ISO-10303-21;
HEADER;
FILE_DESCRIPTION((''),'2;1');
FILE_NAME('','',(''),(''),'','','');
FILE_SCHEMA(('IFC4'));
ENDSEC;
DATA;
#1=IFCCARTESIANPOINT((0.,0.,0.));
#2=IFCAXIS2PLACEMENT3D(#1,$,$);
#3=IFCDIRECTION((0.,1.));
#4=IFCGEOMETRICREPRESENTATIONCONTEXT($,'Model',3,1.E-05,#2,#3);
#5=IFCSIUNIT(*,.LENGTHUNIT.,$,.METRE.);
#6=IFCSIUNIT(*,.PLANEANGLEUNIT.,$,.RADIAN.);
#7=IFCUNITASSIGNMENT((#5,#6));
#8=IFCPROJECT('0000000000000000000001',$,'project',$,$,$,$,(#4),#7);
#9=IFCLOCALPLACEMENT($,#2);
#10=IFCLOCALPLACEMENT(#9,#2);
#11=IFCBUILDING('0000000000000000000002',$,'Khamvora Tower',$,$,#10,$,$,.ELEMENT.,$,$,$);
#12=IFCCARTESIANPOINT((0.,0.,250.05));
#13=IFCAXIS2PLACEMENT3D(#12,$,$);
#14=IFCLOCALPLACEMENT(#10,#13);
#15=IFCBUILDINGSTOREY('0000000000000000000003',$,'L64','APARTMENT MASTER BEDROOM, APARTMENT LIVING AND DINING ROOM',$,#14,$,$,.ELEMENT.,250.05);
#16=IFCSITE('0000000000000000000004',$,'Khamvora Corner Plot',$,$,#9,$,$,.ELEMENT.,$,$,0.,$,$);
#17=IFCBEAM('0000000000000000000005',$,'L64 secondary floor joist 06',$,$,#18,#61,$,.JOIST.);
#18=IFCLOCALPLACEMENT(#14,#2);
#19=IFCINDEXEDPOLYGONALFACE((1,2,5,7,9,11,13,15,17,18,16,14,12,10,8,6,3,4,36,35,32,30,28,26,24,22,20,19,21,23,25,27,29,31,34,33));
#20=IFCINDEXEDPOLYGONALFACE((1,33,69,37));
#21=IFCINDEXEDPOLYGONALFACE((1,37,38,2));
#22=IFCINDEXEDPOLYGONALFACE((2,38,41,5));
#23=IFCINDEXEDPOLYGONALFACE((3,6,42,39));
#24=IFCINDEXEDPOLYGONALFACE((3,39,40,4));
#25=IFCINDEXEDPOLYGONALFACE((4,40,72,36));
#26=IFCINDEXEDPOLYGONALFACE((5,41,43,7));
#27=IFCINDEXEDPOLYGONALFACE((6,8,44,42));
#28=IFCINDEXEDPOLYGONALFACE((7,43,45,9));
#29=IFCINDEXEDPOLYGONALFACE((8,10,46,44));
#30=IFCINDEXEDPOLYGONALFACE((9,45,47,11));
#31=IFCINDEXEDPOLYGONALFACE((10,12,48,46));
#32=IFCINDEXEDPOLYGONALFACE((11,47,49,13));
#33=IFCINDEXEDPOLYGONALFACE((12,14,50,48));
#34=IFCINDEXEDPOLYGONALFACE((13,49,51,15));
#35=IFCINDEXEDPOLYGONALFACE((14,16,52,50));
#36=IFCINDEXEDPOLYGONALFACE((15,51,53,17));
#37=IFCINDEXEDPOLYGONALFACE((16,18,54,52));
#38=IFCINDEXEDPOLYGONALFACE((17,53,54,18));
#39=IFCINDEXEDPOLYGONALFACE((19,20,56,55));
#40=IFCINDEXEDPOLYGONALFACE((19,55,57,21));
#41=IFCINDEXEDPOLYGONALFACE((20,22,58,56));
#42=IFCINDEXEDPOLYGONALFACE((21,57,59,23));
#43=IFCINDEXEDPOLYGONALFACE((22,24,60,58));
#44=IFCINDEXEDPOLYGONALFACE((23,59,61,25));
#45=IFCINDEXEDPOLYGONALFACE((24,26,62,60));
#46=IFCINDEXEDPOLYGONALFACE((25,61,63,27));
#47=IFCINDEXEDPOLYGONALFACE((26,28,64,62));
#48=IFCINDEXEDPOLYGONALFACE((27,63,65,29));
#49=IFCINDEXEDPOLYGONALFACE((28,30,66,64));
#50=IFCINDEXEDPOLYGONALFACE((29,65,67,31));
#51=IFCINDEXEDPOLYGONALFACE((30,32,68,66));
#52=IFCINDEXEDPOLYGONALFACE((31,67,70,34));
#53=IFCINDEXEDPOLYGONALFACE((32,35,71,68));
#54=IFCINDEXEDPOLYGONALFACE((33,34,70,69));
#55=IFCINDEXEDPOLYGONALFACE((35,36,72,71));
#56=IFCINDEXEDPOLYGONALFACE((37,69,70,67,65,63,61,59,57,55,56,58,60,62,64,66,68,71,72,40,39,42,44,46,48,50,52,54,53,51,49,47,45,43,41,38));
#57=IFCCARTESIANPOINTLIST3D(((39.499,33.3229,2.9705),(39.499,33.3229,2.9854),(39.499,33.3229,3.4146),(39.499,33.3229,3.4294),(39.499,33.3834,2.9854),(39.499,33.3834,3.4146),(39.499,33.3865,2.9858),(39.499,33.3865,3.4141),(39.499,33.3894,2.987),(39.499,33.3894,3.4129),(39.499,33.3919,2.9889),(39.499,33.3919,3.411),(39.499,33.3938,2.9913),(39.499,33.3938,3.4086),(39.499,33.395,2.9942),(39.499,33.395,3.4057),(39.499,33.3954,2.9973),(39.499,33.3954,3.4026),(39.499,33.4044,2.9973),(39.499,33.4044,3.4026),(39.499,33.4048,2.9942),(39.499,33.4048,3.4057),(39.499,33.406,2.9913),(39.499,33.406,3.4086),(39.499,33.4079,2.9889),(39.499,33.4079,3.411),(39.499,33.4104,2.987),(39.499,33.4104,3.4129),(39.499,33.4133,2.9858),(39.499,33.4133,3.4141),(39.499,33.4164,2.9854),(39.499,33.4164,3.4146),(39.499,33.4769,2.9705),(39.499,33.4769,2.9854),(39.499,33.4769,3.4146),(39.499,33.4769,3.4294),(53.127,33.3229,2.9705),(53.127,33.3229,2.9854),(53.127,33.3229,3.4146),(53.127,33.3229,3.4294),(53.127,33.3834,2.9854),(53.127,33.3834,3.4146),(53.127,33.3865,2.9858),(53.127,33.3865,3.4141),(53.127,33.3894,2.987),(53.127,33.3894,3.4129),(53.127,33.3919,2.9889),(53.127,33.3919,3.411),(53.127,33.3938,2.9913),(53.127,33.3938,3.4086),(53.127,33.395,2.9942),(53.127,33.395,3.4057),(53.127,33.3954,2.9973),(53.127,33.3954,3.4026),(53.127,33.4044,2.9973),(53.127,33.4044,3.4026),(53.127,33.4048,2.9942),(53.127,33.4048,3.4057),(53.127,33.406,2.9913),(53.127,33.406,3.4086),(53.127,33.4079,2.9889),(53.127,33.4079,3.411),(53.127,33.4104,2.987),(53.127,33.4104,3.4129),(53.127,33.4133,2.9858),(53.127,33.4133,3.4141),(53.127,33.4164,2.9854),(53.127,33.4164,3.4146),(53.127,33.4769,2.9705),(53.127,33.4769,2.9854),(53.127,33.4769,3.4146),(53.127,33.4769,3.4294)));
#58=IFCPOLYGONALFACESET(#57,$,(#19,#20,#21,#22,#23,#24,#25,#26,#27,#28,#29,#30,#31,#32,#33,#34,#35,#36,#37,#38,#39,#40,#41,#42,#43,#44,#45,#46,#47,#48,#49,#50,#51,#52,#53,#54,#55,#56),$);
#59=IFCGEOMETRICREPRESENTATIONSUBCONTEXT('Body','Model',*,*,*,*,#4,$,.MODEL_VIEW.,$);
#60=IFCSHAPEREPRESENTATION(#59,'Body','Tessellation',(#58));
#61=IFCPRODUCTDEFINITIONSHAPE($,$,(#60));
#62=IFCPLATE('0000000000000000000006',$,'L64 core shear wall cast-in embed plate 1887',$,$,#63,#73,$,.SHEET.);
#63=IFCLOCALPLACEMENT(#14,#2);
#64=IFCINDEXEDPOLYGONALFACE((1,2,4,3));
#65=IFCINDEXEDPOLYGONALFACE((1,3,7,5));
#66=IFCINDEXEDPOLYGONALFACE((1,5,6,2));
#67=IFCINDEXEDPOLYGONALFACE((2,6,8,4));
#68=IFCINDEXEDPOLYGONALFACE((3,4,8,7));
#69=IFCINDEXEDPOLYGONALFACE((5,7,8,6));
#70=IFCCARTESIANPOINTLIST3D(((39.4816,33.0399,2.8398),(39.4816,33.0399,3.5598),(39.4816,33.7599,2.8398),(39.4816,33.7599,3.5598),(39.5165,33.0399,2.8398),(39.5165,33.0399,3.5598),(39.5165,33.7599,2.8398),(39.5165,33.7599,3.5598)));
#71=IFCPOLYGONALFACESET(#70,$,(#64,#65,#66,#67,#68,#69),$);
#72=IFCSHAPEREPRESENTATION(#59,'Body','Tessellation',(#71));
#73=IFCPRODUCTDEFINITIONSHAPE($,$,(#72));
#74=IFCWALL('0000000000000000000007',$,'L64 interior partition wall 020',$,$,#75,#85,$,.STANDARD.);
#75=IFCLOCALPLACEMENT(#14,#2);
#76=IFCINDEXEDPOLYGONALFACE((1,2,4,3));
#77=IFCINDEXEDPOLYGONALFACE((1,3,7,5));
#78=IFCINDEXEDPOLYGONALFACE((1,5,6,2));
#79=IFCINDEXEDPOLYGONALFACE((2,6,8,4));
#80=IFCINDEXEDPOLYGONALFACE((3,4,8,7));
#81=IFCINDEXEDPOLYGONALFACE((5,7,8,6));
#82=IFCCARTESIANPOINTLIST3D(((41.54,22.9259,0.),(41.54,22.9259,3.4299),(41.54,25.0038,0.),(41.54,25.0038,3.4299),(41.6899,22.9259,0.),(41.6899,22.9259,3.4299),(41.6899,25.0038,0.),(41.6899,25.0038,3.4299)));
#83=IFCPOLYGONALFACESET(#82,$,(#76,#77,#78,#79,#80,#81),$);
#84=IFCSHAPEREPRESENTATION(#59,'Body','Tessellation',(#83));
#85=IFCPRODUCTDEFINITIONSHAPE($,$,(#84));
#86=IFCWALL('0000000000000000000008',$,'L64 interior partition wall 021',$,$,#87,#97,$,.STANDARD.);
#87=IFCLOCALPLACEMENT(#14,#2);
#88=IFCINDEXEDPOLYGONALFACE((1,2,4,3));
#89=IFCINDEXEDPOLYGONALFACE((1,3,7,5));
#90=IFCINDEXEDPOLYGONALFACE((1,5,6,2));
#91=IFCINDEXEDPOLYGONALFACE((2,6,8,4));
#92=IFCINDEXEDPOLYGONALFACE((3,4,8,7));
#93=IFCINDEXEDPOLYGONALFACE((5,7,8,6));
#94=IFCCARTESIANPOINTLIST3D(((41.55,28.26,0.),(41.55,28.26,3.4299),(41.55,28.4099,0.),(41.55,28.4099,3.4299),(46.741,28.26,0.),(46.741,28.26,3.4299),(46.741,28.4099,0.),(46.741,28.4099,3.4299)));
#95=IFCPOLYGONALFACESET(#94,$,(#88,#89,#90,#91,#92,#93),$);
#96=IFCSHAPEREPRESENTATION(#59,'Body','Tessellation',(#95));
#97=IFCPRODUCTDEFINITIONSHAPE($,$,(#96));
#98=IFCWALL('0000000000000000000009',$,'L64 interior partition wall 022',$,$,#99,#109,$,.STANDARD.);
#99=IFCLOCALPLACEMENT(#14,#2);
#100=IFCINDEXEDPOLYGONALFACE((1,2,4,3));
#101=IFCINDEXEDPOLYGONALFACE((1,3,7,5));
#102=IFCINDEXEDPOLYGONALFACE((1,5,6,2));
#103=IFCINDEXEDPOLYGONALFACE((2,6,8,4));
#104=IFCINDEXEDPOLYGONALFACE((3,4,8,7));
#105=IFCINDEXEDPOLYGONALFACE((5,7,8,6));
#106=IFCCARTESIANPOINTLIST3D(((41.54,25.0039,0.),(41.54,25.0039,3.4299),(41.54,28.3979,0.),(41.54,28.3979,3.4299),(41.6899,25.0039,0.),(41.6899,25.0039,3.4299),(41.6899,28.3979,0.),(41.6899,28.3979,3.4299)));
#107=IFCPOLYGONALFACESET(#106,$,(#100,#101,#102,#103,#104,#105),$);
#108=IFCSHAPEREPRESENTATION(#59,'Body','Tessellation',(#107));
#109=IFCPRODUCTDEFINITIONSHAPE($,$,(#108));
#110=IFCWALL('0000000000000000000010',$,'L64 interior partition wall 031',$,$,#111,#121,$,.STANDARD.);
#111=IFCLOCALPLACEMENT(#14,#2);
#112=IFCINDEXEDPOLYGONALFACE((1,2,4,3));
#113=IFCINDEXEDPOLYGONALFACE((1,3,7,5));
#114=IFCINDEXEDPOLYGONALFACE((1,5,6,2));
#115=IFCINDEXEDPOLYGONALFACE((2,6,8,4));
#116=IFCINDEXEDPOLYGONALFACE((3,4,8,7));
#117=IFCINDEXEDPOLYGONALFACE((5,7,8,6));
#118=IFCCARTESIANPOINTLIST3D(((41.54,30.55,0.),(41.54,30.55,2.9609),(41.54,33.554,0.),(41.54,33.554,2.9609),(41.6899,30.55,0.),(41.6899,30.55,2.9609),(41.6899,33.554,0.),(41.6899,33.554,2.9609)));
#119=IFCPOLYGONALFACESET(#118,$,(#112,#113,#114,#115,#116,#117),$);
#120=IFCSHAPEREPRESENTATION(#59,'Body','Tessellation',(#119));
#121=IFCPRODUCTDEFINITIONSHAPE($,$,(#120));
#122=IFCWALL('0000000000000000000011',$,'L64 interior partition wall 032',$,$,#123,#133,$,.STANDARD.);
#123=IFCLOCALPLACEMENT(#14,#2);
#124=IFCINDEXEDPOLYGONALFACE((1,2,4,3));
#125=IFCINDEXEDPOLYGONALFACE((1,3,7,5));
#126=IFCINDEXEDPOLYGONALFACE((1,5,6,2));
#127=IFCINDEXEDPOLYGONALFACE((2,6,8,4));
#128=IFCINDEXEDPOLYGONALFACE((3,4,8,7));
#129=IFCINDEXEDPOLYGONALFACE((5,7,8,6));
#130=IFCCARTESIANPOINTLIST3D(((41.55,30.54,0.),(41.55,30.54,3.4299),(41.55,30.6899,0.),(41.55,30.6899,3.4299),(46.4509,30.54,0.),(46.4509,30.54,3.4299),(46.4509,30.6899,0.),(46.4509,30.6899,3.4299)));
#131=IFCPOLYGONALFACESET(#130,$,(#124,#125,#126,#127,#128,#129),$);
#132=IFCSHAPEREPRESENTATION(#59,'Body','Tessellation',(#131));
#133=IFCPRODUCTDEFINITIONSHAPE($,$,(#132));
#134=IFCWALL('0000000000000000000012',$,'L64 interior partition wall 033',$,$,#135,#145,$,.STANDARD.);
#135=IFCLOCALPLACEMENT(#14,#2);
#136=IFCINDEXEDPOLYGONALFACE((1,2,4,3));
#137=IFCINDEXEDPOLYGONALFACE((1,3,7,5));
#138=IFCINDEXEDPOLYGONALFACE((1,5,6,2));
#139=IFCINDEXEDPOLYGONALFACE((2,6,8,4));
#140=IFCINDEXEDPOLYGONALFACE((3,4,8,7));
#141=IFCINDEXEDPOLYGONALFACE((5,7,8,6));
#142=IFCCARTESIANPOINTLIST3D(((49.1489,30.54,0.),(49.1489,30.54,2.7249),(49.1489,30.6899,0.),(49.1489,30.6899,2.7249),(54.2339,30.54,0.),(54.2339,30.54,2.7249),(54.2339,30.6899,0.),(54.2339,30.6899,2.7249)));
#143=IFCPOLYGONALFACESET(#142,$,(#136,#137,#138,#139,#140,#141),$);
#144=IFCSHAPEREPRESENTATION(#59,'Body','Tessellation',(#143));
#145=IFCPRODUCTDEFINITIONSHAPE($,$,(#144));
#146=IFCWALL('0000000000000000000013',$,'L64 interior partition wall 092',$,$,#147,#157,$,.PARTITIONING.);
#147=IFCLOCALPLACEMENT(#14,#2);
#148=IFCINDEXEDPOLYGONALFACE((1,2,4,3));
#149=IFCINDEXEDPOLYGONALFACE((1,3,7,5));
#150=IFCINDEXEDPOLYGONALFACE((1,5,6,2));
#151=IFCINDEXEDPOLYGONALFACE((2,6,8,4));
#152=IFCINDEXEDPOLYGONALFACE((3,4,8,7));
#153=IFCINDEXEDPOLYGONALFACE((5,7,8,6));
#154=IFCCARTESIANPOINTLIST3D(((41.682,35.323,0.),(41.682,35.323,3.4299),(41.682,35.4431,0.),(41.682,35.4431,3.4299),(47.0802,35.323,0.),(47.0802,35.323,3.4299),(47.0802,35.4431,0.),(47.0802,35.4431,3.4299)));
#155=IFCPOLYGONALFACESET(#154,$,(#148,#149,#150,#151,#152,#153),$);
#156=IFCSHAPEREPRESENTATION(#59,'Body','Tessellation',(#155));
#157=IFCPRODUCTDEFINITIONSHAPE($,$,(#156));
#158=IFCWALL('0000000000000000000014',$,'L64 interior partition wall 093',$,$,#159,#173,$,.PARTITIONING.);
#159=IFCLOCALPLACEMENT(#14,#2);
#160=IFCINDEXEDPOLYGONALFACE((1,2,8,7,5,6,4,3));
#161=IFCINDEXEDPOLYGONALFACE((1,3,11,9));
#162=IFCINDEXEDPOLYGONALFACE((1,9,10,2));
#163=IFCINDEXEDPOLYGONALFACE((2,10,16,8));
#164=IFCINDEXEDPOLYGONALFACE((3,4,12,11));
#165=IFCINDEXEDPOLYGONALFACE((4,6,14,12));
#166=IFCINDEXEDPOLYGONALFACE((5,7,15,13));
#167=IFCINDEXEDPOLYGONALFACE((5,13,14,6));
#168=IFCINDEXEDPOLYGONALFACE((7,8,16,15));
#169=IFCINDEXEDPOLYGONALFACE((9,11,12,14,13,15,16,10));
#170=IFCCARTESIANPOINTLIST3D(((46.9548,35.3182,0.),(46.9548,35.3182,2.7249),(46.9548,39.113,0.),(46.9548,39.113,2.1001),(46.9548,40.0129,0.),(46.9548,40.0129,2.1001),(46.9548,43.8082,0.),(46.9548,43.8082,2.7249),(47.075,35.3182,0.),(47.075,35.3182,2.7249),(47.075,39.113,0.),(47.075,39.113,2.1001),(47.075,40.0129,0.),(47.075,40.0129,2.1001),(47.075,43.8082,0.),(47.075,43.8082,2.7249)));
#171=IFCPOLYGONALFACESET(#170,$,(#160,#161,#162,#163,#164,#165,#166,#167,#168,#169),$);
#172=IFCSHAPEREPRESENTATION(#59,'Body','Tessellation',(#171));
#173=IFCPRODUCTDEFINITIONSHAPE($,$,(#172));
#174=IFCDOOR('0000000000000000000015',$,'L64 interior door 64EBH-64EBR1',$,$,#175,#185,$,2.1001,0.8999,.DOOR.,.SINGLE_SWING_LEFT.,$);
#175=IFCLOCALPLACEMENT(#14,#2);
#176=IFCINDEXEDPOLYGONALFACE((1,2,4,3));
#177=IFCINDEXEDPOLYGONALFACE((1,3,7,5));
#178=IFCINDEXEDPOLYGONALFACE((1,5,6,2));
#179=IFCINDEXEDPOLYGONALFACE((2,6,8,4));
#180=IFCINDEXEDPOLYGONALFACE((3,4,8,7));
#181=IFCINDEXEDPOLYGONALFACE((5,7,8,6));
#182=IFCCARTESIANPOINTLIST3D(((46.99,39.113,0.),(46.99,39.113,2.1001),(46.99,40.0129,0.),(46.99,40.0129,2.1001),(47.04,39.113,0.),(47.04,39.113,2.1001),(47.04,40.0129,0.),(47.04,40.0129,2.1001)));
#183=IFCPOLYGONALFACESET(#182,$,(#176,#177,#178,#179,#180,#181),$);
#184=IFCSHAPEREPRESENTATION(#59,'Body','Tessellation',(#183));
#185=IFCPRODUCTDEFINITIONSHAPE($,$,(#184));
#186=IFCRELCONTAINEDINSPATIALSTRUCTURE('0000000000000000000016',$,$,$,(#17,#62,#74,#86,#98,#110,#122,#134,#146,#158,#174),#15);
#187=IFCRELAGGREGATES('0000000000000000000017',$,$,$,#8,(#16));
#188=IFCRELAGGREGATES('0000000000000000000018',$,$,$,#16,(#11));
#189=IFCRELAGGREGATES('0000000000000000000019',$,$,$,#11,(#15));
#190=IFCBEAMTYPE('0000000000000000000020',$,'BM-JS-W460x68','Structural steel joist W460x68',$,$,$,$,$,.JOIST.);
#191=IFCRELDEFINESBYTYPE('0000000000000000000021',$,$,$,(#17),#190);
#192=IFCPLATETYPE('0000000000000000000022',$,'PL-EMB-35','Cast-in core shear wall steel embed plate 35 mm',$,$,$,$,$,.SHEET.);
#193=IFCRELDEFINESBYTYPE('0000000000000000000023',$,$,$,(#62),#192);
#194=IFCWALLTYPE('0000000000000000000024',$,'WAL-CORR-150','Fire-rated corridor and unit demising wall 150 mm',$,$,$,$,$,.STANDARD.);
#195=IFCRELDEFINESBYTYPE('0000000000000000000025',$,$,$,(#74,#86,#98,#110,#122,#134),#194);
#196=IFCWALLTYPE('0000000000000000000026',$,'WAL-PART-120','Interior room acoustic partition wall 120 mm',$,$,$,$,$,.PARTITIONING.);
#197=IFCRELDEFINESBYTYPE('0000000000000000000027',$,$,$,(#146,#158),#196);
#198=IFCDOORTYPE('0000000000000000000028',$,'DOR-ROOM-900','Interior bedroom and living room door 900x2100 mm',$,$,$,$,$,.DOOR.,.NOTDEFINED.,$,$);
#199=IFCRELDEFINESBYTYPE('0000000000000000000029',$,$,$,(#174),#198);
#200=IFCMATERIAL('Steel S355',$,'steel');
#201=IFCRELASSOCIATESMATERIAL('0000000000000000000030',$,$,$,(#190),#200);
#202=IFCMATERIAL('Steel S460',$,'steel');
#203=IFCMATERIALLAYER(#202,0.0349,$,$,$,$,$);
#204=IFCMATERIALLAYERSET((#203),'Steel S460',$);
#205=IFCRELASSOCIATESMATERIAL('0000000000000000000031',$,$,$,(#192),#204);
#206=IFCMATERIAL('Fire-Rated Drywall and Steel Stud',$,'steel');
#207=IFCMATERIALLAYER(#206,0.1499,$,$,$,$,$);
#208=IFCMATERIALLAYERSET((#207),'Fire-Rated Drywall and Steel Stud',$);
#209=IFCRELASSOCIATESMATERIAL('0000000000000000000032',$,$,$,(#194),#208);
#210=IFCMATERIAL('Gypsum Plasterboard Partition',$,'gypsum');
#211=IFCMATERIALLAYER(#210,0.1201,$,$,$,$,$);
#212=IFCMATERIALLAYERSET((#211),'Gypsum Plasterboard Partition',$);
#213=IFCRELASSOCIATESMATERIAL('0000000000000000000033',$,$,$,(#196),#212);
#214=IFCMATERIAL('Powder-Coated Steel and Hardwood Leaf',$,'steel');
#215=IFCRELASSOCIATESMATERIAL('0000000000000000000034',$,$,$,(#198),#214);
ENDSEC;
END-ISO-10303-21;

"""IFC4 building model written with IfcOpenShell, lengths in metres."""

from ifc_helpers import new_model, si_unit, direction, frame, frame_2d, origin, origin_2d, place, context, subcontext, project, spatial, rectangle, i_section, extrude, material, layer, layer_set, material_profile, profile_set, type_object, element, fill, save


model = new_model("IFC4")

# Units and contexts
model_context = context("Model", 3, precision=1e-05, world=origin(), true_north=direction((0.0, 1.0)))
body_context = subcontext(model_context, "Body", "Model", "MODEL_VIEW")
ifc_project = project(units=[si_unit("LENGTHUNIT", "METRE"), si_unit("PLANEANGLEUNIT", "RADIAN")], contexts=[model_context])

# Site, building, storey
site_placement = place(None, origin())
site = spatial("IfcSite", under=ifc_project, at=site_placement, Name="Khamvora Corner Plot", CompositionType="ELEMENT", RefElevation=0.0)
building_placement = place(site_placement, origin())
building = spatial("IfcBuilding", under=site, at=building_placement, Name="Khamvora Tower", CompositionType="ELEMENT")
storey_placement = place(building_placement, frame((0.0, 0.0, 250.05)))
storey = spatial("IfcBuildingStorey", under=building, at=storey_placement, Name="L64", Description="APARTMENT MASTER BEDROOM, APARTMENT LIVING AND DINING ROOM", CompositionType="ELEMENT", Elevation=250.05)

# Beam
ifc_material_1 = material(Name="Steel S355", Category="steel")
ifc_material_profile = material_profile(ifc_material_1, i_section(OverallWidth=0.1541, OverallDepth=0.459, WebThickness=0.009, FlangeThickness=0.0149, FilletRadius=0.012, at=origin_2d()), Name="W460x68")
ifc_profile_set = profile_set([ifc_material_profile], Name="Steel S355")
beam_type = type_object("IfcBeamType", Name="BM-JS-W460x68", Description="Structural steel joist W460x68", PredefinedType="JOIST", material=ifc_profile_set)
beam_placement = place(storey_placement, frame((39.499, 33.3999, 3.2), z_axis=(1.0, 0.0, 0.0), x_axis=(0.0, 1.0, 0.0)))
element("IfcBeam", 1, at=beam_placement, inside=storey, type_object=beam_type, Name="L64 secondary floor joist 06", PredefinedType="JOIST", context=body_context, shape_type="SweptSolid", body=[
    extrude(i_section(OverallWidth=0.1541, OverallDepth=0.459, WebThickness=0.009, FlangeThickness=0.0149, FilletRadius=0.012, at=origin_2d()), origin(), (0.0, 0.0, 1.0), 13.6279),
])

# Plate
ifc_material_2 = material(Name="Steel S460", Category="steel")
ifc_layer_1 = layer(ifc_material_2, 0.0349)
ifc_layer_set_1 = layer_set([ifc_layer_1], Name="Steel S460")
plate_type = type_object("IfcPlateType", Name="PL-EMB-35", Description="Cast-in core shear wall steel embed plate 35 mm", PredefinedType="SHEET", material=ifc_layer_set_1)
plate_placement = place(storey_placement, frame((39.499, 33.3999, 2.8398), z_axis=(0.0, 0.0, 1.0), x_axis=(1.0, 0.0, 0.0)))
element("IfcPlate", 2, at=plate_placement, inside=storey, type_object=plate_type, Name="L64 core shear wall cast-in embed plate 1887", PredefinedType="SHEET", context=body_context, shape_type="SweptSolid", body=[
    extrude(rectangle(XDim=0.0349, YDim=0.72, at=origin_2d()), origin(), (0.0, 0.0, 1.0), 0.72),
])

# Shared definitions
ifc_material_3 = material(Name="Fire-Rated Drywall and Steel Stud", Category="steel")
ifc_layer_2 = layer(ifc_material_3, 0.1499)
ifc_layer_set_2 = layer_set([ifc_layer_2], Name="Fire-Rated Drywall and Steel Stud")
wall_type_1 = type_object("IfcWallType", Name="WAL-CORR-150", Description="Fire-rated corridor and unit demising wall 150 mm", PredefinedType="STANDARD", material=ifc_layer_set_2)
ifc_material_4 = material(Name="Powder-Coated Steel and Hardwood Leaf", Category="steel")

# Walls
wall_1_placement = place(storey_placement, frame((41.615, 25.0039, 0.0), z_axis=(0.0, 0.0, 1.0), x_axis=(0.0, -1.0, 0.0)))
element("IfcWall", 3, at=wall_1_placement, inside=storey, type_object=wall_type_1, Name="L64 interior partition wall 020", PredefinedType="STANDARD", context=body_context, shape_type="SweptSolid", body=[
    extrude(rectangle(XDim=2.0779, YDim=0.1499, at=frame_2d((1.0391, 0.0))), origin(), (0.0, 0.0, 1.0), 3.4299),
])
wall_2_placement = place(storey_placement, frame((46.741, 28.335, 0.0), z_axis=(0.0, 0.0, 1.0), x_axis=(-1.0, 0.0, 0.0)))
element("IfcWall", 4, at=wall_2_placement, inside=storey, type_object=wall_type_1, Name="L64 interior partition wall 021", PredefinedType="STANDARD", context=body_context, shape_type="SweptSolid", body=[
    extrude(rectangle(XDim=5.1909, YDim=0.1499, at=frame_2d((2.5955, 0.0))), origin(), (0.0, 0.0, 1.0), 3.4299),
])
wall_3_placement = place(storey_placement, frame((41.615, 28.3979, 0.0), z_axis=(0.0, 0.0, 1.0), x_axis=(0.0, -1.0, 0.0)))
element("IfcWall", 5, at=wall_3_placement, inside=storey, type_object=wall_type_1, Name="L64 interior partition wall 022", PredefinedType="STANDARD", context=body_context, shape_type="SweptSolid", body=[
    extrude(rectangle(XDim=3.394, YDim=0.1499, at=frame_2d((1.697, 0.0))), origin(), (0.0, 0.0, 1.0), 3.4299),
])

# Walls
wall_4_placement = place(storey_placement, frame((41.615, 33.554, 0.0), z_axis=(0.0, 0.0, 1.0), x_axis=(0.0, -1.0, 0.0)))
element("IfcWall", 6, at=wall_4_placement, inside=storey, type_object=wall_type_1, Name="L64 interior partition wall 031", PredefinedType="STANDARD", context=body_context, shape_type="SweptSolid", body=[
    extrude(rectangle(XDim=3.0039, YDim=0.1499, at=frame_2d((1.502, 0.0))), origin(), (0.0, 0.0, 1.0), 2.9609),
])
wall_5_placement = place(storey_placement, frame((41.55, 30.615, 0.0), z_axis=(0.0, 0.0, 1.0), x_axis=(1.0, 0.0, 0.0)))
element("IfcWall", 7, at=wall_5_placement, inside=storey, type_object=wall_type_1, Name="L64 interior partition wall 032", PredefinedType="STANDARD", context=body_context, shape_type="SweptSolid", body=[
    extrude(rectangle(XDim=4.9009, YDim=0.1499, at=frame_2d((2.4504, 0.0))), origin(), (0.0, 0.0, 1.0), 3.4299),
])
wall_6_placement = place(storey_placement, frame((49.1489, 30.615, 0.0), z_axis=(0.0, 0.0, 1.0), x_axis=(1.0, 0.0, 0.0)))
element("IfcWall", 8, at=wall_6_placement, inside=storey, type_object=wall_type_1, Name="L64 interior partition wall 033", PredefinedType="STANDARD", context=body_context, shape_type="SweptSolid", body=[
    extrude(rectangle(XDim=5.085, YDim=0.1499, at=frame_2d((2.5425, 0.0))), origin(), (0.0, 0.0, 1.0), 2.7249),
])
ifc_material_5 = material(Name="Gypsum Plasterboard Partition", Category="gypsum")
ifc_layer_3 = layer(ifc_material_5, 0.1201)
ifc_layer_set_3 = layer_set([ifc_layer_3], Name="Gypsum Plasterboard Partition")
wall_type_2 = type_object("IfcWallType", Name="WAL-PART-120", Description="Interior room acoustic partition wall 120 mm", PredefinedType="PARTITIONING", material=ifc_layer_set_3)
wall_7_placement = place(storey_placement, frame((41.6819, 35.3831, 0.0), z_axis=(0.0, 0.0, 1.0), x_axis=(1.0, 0.0, 0.0)))
element("IfcWall", 9, at=wall_7_placement, inside=storey, type_object=wall_type_2, Name="L64 interior partition wall 092", PredefinedType="PARTITIONING", context=body_context, shape_type="SweptSolid", body=[
    extrude(rectangle(XDim=5.3982, YDim=0.1201, at=frame_2d((2.6992, 0.0))), origin(), (0.0, 0.0, 1.0), 3.4299),
])

# Wall, opening, door
wall_8_placement = place(storey_placement, frame((47.0149, 35.3181, 0.0), z_axis=(0.0, 0.0, 1.0), x_axis=(0.0, 1.0, 0.0)))
wall_8 = element("IfcWall", 10, at=wall_8_placement, inside=storey, type_object=wall_type_2, Name="L64 interior partition wall 093", PredefinedType="PARTITIONING", context=body_context, shape_type="SweptSolid", body=[
    extrude(rectangle(XDim=8.49, YDim=0.1201, at=frame_2d((4.2451, 0.0))), origin(), (0.0, 0.0, 1.0), 2.7249),
])
opening_1_placement = place(wall_8_placement, frame((3.7949, 0.0, 0.0)))
opening_1 = element("IfcOpeningElement", 11, at=opening_1_placement, cuts=wall_8, PredefinedType="OPENING", context=body_context, shape_type="SweptSolid", body=[
    extrude(rectangle(XDim=0.8999, YDim=2.1001, at=frame_2d((0.45, 1.05))), frame((0.0, 0.0701, 0.0), z_axis=(0.0, -1.0, 0.0), x_axis=(1.0, 0.0, 0.0)), (0.0, 0.0, 1.0), 0.1401),
])
door_type_1 = type_object("IfcDoorType", Name="DOR-ROOM-900", Description="Interior bedroom and living room door 900x2100 mm", OperationType="NOTDEFINED", PredefinedType="DOOR", material=ifc_material_4)
door_1_placement = place(opening_1_placement, origin())
door_1 = element("IfcDoor", 12, at=door_1_placement, inside=storey, type_object=door_type_1, Name="L64 interior door 64EBH-64EBR1", OperationType="SINGLE_SWING_LEFT", OverallHeight=2.1001, OverallWidth=0.8999, PredefinedType="DOOR", context=body_context, shape_type="SweptSolid", body=[
    extrude(rectangle(XDim=0.8999, YDim=2.1001, at=frame_2d((0.45, 1.05))), frame((0.0, 0.0249, 0.0), z_axis=(0.0, -1.0, 0.0), x_axis=(1.0, 0.0, 0.0)), (0.0, 0.0, 1.0), 0.05),
])
fill(opening_1, door_1)

save(model, "model.ifc")
